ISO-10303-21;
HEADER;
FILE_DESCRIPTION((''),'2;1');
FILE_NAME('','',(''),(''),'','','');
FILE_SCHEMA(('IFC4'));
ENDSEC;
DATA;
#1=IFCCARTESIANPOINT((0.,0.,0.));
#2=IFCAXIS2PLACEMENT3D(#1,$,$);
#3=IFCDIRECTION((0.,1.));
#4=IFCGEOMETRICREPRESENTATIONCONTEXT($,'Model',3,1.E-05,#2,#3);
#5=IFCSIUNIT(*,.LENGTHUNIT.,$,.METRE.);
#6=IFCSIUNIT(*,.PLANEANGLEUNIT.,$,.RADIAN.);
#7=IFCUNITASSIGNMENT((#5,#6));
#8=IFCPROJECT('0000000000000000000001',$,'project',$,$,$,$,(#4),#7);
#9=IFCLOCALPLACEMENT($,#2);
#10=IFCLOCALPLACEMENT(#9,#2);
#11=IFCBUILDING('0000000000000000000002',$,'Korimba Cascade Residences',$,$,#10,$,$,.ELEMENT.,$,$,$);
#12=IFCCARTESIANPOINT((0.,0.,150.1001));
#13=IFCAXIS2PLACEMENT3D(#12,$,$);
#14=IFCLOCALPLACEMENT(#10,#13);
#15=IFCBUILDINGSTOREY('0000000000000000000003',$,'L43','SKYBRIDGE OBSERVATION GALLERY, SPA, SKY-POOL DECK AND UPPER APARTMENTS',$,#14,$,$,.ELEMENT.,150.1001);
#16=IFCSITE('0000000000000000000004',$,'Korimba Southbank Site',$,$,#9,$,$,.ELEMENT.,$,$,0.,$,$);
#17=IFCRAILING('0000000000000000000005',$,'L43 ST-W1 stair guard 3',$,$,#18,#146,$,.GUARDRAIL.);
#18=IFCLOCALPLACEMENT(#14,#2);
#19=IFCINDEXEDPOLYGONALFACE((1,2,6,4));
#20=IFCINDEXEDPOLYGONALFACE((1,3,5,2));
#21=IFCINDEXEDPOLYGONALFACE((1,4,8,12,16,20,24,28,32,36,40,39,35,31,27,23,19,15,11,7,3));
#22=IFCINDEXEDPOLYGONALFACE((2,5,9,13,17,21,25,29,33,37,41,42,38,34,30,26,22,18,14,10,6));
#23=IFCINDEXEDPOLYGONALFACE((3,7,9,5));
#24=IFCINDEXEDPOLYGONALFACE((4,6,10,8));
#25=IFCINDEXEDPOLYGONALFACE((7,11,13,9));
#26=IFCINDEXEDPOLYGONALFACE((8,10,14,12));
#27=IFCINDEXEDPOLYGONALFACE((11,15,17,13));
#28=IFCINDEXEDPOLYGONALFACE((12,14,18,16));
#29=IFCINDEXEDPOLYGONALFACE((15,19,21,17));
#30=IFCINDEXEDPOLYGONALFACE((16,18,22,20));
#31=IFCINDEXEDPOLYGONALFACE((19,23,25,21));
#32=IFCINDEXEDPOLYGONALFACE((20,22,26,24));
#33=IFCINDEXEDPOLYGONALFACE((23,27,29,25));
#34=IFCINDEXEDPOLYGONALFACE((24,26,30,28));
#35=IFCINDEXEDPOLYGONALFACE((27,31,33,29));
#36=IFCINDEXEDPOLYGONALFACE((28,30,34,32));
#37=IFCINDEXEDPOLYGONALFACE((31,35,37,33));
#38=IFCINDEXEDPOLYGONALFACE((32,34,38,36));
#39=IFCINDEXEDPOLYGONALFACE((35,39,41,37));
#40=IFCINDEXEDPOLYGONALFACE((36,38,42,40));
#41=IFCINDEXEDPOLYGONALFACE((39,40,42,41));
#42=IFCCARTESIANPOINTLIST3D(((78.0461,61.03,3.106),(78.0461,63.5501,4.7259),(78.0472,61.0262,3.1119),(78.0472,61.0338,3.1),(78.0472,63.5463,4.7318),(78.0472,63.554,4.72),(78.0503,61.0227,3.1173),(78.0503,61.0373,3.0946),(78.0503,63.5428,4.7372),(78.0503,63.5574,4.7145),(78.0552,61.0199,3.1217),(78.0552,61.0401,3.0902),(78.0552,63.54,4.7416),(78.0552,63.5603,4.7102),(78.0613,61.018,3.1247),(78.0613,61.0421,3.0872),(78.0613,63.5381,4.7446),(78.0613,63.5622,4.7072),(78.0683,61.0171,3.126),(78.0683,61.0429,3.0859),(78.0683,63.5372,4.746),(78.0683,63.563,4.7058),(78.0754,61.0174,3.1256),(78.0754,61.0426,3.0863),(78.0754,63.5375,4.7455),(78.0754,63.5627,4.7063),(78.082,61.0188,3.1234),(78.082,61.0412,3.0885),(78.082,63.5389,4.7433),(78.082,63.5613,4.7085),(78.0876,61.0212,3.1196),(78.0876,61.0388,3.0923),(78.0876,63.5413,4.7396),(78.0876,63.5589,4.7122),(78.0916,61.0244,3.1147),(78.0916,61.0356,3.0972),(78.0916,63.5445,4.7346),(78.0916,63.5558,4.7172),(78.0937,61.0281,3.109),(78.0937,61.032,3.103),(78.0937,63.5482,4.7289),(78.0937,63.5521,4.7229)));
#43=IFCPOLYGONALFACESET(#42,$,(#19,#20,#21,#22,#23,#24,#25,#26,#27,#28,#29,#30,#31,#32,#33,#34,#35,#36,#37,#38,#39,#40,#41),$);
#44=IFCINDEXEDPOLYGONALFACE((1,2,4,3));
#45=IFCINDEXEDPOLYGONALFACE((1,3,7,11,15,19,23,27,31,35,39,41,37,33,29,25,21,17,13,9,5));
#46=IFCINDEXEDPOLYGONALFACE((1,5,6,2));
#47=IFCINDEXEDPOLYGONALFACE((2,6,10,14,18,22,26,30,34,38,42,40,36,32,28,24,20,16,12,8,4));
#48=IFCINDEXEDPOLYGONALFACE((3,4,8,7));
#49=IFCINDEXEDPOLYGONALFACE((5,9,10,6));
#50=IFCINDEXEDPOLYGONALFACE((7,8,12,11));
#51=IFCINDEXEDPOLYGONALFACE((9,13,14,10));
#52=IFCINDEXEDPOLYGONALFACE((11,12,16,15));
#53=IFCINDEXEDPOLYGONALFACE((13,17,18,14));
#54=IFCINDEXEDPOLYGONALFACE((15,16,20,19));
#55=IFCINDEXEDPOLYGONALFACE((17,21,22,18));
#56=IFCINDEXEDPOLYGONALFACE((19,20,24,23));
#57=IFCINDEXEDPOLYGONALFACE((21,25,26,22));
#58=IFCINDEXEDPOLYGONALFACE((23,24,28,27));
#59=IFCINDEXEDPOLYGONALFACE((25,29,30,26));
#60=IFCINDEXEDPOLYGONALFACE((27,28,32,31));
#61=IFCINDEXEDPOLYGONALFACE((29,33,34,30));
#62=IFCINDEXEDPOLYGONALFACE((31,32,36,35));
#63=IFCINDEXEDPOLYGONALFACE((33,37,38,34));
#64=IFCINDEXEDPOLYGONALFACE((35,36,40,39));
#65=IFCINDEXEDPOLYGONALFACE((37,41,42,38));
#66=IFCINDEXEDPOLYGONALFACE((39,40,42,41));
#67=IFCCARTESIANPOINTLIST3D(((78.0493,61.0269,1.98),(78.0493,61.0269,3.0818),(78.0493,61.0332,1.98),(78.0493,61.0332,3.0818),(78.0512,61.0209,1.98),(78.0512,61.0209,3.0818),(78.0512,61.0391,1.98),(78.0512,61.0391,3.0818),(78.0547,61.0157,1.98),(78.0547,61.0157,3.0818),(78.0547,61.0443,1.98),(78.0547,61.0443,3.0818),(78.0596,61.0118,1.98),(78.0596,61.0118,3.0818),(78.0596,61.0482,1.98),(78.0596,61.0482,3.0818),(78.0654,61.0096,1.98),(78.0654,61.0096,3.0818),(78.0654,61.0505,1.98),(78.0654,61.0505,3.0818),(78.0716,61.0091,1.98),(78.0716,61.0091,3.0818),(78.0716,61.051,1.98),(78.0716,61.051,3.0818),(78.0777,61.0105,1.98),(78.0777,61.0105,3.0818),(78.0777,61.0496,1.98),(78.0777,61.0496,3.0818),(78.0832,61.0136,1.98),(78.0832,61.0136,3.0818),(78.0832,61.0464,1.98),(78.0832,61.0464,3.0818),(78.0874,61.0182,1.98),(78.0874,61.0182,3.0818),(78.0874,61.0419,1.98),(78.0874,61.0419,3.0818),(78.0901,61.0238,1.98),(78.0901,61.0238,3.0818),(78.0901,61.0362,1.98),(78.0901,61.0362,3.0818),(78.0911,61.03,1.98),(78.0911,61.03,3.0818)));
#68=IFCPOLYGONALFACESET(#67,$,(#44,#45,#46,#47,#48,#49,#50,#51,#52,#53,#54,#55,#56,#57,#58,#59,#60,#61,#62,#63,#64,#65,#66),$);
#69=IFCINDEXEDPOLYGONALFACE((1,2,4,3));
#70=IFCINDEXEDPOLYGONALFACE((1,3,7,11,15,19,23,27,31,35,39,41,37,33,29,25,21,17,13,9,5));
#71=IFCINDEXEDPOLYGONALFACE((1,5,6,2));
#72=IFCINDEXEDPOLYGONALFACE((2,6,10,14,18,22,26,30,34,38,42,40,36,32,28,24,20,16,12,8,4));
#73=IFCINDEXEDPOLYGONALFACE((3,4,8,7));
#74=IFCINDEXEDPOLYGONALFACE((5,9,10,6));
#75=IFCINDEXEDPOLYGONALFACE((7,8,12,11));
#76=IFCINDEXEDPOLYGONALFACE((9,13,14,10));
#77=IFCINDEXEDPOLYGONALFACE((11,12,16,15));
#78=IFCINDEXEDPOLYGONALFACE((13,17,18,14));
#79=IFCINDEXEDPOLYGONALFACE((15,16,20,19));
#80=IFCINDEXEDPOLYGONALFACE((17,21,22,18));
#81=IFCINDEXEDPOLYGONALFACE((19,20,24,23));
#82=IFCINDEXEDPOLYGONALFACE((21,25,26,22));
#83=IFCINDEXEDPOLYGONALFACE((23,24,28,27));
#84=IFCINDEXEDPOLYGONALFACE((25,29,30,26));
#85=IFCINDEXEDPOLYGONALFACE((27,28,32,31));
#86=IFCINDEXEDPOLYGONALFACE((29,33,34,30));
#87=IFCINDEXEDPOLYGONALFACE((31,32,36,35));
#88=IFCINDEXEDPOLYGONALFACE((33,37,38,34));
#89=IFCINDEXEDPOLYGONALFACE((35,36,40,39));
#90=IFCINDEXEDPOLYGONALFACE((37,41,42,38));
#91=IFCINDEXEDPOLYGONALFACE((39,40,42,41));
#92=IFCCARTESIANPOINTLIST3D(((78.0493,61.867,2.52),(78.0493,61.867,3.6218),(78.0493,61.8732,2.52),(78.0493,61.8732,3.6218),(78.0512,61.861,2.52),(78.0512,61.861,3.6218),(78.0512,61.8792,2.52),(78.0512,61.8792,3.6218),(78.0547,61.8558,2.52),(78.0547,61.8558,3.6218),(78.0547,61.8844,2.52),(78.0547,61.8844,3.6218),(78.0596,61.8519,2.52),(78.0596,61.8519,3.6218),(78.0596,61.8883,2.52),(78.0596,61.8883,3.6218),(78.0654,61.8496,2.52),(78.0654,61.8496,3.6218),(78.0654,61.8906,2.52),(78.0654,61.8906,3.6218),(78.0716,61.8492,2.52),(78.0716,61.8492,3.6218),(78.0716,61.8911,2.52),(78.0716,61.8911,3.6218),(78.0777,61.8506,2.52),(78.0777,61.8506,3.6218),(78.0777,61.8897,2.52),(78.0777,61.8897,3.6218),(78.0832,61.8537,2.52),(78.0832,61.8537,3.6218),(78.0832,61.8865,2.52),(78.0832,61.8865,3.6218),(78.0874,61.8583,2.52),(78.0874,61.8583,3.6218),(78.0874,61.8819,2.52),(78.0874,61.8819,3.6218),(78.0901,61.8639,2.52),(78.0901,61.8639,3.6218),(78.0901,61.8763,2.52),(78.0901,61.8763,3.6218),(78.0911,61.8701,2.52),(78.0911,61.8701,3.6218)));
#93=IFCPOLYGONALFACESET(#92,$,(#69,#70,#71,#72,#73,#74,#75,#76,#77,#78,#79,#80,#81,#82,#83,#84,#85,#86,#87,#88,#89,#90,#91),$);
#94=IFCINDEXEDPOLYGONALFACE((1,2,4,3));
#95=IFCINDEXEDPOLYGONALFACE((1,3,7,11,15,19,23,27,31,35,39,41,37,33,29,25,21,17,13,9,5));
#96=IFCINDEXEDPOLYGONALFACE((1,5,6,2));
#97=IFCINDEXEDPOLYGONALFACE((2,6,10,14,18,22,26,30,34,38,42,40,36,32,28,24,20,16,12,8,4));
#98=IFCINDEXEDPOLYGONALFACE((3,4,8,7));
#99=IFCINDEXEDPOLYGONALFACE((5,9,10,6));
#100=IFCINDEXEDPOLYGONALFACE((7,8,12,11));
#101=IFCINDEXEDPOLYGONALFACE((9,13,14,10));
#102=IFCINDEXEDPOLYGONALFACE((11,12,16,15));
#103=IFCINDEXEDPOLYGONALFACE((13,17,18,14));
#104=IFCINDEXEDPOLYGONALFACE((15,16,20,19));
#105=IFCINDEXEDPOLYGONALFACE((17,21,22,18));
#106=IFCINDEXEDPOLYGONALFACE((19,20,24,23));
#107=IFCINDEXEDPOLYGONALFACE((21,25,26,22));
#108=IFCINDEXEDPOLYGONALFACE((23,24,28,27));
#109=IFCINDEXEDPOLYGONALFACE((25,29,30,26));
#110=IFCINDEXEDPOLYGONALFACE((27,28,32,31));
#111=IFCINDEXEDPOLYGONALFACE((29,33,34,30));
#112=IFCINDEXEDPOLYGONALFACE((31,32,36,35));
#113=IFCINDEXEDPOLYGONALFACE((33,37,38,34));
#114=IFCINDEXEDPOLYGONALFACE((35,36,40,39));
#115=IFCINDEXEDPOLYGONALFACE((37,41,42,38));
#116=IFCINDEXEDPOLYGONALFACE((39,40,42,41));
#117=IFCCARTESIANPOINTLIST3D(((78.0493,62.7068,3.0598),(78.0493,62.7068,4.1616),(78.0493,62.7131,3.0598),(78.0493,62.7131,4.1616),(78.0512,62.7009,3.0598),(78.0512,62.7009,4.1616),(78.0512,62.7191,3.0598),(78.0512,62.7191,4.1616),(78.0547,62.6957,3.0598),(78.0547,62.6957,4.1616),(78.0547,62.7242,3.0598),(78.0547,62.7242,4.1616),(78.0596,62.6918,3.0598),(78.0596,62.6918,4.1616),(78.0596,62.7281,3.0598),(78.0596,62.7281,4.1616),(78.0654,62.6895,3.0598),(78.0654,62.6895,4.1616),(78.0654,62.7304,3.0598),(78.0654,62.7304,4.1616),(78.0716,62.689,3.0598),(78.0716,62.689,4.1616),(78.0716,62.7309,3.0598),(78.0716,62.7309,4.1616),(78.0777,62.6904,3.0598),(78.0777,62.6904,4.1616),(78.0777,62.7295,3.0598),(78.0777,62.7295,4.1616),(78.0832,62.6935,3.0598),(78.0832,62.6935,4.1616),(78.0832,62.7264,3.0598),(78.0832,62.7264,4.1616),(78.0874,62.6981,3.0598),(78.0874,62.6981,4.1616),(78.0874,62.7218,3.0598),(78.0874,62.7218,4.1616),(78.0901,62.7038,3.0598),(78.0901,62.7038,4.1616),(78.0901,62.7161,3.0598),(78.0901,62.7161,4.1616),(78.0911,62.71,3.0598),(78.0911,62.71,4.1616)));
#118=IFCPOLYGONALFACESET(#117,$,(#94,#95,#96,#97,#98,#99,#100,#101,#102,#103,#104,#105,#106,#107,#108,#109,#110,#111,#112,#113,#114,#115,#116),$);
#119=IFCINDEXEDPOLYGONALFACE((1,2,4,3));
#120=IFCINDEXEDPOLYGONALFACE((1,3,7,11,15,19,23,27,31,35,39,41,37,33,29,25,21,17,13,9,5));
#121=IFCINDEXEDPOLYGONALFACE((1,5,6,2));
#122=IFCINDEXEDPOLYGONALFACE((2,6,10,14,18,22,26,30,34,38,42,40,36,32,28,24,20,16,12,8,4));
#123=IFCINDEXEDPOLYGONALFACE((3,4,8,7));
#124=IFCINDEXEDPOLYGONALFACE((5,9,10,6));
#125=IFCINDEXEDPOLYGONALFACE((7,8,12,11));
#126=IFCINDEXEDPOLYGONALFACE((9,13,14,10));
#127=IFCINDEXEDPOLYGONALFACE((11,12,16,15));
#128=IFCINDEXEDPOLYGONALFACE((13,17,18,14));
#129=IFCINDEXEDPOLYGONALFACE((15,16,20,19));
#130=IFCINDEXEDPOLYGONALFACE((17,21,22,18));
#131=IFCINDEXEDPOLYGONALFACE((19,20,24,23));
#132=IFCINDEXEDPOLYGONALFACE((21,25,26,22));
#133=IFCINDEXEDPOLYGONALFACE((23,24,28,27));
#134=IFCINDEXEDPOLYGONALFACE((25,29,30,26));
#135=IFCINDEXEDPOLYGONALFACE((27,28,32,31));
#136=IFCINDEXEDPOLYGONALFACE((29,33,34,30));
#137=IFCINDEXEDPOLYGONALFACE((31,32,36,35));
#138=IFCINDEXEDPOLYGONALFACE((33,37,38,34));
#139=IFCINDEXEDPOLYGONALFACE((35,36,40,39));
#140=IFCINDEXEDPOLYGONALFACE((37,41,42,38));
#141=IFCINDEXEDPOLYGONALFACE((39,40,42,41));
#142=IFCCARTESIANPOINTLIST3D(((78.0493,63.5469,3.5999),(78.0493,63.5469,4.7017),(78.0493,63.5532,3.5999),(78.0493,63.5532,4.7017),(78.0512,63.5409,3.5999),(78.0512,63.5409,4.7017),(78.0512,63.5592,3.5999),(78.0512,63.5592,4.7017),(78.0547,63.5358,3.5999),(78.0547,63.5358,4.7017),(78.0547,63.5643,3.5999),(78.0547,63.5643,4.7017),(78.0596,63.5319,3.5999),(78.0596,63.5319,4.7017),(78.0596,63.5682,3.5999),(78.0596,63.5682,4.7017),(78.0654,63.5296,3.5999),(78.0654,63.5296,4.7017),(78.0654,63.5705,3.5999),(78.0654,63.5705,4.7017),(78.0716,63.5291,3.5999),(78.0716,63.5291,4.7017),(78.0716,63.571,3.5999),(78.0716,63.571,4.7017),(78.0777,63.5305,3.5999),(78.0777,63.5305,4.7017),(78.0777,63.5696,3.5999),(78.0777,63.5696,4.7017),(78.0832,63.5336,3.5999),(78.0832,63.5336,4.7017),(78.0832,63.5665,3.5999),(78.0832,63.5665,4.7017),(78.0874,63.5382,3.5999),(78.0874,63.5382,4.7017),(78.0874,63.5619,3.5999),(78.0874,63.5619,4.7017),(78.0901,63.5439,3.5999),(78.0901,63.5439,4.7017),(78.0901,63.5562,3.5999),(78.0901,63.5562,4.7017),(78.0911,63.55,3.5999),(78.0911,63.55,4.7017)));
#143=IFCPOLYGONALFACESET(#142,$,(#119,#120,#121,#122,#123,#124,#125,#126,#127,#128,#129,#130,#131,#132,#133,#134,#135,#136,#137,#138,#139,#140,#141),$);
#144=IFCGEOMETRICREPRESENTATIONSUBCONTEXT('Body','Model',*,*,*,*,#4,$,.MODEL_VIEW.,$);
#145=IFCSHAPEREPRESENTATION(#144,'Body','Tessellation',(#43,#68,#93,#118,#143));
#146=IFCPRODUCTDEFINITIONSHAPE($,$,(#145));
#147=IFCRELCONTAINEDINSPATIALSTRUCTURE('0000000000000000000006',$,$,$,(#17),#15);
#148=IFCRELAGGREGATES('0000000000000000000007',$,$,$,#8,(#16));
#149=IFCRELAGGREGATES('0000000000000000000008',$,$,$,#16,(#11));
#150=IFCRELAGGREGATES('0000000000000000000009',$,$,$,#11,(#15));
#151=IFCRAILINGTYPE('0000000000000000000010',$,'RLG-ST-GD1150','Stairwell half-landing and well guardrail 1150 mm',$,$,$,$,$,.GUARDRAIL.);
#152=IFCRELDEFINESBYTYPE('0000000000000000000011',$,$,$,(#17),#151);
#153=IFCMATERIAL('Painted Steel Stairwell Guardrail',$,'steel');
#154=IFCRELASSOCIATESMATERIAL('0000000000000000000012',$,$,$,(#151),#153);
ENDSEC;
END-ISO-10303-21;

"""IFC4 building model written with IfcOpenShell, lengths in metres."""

from ifc_helpers import new_model, si_unit, direction, frame, origin, origin_2d, place, context, subcontext, project, spatial, circle, extrude, material, type_object, element, save


model = new_model("IFC4")

# Units and contexts
model_context = context("Model", 3, precision=1e-05, world=origin(), true_north=direction((0.0, 1.0)))
body_context = subcontext(model_context, "Body", "Model", "MODEL_VIEW")
ifc_project = project(units=[si_unit("LENGTHUNIT", "METRE"), si_unit("PLANEANGLEUNIT", "RADIAN")], contexts=[model_context])

# Site, building, storey
site_placement = place(None, origin())
site = spatial("IfcSite", under=ifc_project, at=site_placement, Name="Korimba Southbank Site", CompositionType="ELEMENT", RefElevation=0.0)
building_placement = place(site_placement, origin())
building = spatial("IfcBuilding", under=site, at=building_placement, Name="Korimba Cascade Residences", CompositionType="ELEMENT")
storey_placement = place(building_placement, frame((0.0, 0.0, 150.1001)))
storey = spatial("IfcBuildingStorey", under=building, at=storey_placement, Name="L43", Description="SKYBRIDGE OBSERVATION GALLERY, SPA, SKY-POOL DECK AND UPPER APARTMENTS", CompositionType="ELEMENT", Elevation=150.1001)

# Railing
ifc_material_1 = material(Name="Painted Steel Stairwell Guardrail", Category="steel")
railing_type_1 = type_object("IfcRailingType", Name="RLG-ST-GD1150", Description="Stairwell half-landing and well guardrail 1150 mm", PredefinedType="GUARDRAIL", material=ifc_material_1)
railing_1_placement = place(storey_placement, frame((78.0701, 61.03, 1.98)))
element("IfcRailing", 1, at=railing_1_placement, inside=storey, type_object=railing_type_1, Name="L43 ST-W1 stair guard 3", PredefinedType="GUARDRAIL", context=body_context, shape_type="SweptSolid", body=[
    extrude(circle(Radius=0.0239, at=origin_2d()), frame((0.0, 0.0, 1.126), z_axis=(0.0, 0.8412, 0.540725), x_axis=(-1.0, 0.0, 0.0)), (0.0, 0.0, 1.0), 2.9958),
    extrude(circle(Radius=0.021, at=origin_2d()), origin(), (0.0, 0.0, 1.0), 1.1018),
    extrude(circle(Radius=0.021, at=origin_2d()), frame((0.0, 0.8401, 0.54)), (0.0, 0.0, 1.0), 1.1018),
    extrude(circle(Radius=0.021, at=origin_2d()), frame((0.0, 1.6799, 1.0798)), (0.0, 0.0, 1.0), 1.1018),
    extrude(circle(Radius=0.021, at=origin_2d()), frame((0.0, 2.52, 1.6199)), (0.0, 0.0, 1.0), 1.1018),
])

save(model, "model.ifc")
